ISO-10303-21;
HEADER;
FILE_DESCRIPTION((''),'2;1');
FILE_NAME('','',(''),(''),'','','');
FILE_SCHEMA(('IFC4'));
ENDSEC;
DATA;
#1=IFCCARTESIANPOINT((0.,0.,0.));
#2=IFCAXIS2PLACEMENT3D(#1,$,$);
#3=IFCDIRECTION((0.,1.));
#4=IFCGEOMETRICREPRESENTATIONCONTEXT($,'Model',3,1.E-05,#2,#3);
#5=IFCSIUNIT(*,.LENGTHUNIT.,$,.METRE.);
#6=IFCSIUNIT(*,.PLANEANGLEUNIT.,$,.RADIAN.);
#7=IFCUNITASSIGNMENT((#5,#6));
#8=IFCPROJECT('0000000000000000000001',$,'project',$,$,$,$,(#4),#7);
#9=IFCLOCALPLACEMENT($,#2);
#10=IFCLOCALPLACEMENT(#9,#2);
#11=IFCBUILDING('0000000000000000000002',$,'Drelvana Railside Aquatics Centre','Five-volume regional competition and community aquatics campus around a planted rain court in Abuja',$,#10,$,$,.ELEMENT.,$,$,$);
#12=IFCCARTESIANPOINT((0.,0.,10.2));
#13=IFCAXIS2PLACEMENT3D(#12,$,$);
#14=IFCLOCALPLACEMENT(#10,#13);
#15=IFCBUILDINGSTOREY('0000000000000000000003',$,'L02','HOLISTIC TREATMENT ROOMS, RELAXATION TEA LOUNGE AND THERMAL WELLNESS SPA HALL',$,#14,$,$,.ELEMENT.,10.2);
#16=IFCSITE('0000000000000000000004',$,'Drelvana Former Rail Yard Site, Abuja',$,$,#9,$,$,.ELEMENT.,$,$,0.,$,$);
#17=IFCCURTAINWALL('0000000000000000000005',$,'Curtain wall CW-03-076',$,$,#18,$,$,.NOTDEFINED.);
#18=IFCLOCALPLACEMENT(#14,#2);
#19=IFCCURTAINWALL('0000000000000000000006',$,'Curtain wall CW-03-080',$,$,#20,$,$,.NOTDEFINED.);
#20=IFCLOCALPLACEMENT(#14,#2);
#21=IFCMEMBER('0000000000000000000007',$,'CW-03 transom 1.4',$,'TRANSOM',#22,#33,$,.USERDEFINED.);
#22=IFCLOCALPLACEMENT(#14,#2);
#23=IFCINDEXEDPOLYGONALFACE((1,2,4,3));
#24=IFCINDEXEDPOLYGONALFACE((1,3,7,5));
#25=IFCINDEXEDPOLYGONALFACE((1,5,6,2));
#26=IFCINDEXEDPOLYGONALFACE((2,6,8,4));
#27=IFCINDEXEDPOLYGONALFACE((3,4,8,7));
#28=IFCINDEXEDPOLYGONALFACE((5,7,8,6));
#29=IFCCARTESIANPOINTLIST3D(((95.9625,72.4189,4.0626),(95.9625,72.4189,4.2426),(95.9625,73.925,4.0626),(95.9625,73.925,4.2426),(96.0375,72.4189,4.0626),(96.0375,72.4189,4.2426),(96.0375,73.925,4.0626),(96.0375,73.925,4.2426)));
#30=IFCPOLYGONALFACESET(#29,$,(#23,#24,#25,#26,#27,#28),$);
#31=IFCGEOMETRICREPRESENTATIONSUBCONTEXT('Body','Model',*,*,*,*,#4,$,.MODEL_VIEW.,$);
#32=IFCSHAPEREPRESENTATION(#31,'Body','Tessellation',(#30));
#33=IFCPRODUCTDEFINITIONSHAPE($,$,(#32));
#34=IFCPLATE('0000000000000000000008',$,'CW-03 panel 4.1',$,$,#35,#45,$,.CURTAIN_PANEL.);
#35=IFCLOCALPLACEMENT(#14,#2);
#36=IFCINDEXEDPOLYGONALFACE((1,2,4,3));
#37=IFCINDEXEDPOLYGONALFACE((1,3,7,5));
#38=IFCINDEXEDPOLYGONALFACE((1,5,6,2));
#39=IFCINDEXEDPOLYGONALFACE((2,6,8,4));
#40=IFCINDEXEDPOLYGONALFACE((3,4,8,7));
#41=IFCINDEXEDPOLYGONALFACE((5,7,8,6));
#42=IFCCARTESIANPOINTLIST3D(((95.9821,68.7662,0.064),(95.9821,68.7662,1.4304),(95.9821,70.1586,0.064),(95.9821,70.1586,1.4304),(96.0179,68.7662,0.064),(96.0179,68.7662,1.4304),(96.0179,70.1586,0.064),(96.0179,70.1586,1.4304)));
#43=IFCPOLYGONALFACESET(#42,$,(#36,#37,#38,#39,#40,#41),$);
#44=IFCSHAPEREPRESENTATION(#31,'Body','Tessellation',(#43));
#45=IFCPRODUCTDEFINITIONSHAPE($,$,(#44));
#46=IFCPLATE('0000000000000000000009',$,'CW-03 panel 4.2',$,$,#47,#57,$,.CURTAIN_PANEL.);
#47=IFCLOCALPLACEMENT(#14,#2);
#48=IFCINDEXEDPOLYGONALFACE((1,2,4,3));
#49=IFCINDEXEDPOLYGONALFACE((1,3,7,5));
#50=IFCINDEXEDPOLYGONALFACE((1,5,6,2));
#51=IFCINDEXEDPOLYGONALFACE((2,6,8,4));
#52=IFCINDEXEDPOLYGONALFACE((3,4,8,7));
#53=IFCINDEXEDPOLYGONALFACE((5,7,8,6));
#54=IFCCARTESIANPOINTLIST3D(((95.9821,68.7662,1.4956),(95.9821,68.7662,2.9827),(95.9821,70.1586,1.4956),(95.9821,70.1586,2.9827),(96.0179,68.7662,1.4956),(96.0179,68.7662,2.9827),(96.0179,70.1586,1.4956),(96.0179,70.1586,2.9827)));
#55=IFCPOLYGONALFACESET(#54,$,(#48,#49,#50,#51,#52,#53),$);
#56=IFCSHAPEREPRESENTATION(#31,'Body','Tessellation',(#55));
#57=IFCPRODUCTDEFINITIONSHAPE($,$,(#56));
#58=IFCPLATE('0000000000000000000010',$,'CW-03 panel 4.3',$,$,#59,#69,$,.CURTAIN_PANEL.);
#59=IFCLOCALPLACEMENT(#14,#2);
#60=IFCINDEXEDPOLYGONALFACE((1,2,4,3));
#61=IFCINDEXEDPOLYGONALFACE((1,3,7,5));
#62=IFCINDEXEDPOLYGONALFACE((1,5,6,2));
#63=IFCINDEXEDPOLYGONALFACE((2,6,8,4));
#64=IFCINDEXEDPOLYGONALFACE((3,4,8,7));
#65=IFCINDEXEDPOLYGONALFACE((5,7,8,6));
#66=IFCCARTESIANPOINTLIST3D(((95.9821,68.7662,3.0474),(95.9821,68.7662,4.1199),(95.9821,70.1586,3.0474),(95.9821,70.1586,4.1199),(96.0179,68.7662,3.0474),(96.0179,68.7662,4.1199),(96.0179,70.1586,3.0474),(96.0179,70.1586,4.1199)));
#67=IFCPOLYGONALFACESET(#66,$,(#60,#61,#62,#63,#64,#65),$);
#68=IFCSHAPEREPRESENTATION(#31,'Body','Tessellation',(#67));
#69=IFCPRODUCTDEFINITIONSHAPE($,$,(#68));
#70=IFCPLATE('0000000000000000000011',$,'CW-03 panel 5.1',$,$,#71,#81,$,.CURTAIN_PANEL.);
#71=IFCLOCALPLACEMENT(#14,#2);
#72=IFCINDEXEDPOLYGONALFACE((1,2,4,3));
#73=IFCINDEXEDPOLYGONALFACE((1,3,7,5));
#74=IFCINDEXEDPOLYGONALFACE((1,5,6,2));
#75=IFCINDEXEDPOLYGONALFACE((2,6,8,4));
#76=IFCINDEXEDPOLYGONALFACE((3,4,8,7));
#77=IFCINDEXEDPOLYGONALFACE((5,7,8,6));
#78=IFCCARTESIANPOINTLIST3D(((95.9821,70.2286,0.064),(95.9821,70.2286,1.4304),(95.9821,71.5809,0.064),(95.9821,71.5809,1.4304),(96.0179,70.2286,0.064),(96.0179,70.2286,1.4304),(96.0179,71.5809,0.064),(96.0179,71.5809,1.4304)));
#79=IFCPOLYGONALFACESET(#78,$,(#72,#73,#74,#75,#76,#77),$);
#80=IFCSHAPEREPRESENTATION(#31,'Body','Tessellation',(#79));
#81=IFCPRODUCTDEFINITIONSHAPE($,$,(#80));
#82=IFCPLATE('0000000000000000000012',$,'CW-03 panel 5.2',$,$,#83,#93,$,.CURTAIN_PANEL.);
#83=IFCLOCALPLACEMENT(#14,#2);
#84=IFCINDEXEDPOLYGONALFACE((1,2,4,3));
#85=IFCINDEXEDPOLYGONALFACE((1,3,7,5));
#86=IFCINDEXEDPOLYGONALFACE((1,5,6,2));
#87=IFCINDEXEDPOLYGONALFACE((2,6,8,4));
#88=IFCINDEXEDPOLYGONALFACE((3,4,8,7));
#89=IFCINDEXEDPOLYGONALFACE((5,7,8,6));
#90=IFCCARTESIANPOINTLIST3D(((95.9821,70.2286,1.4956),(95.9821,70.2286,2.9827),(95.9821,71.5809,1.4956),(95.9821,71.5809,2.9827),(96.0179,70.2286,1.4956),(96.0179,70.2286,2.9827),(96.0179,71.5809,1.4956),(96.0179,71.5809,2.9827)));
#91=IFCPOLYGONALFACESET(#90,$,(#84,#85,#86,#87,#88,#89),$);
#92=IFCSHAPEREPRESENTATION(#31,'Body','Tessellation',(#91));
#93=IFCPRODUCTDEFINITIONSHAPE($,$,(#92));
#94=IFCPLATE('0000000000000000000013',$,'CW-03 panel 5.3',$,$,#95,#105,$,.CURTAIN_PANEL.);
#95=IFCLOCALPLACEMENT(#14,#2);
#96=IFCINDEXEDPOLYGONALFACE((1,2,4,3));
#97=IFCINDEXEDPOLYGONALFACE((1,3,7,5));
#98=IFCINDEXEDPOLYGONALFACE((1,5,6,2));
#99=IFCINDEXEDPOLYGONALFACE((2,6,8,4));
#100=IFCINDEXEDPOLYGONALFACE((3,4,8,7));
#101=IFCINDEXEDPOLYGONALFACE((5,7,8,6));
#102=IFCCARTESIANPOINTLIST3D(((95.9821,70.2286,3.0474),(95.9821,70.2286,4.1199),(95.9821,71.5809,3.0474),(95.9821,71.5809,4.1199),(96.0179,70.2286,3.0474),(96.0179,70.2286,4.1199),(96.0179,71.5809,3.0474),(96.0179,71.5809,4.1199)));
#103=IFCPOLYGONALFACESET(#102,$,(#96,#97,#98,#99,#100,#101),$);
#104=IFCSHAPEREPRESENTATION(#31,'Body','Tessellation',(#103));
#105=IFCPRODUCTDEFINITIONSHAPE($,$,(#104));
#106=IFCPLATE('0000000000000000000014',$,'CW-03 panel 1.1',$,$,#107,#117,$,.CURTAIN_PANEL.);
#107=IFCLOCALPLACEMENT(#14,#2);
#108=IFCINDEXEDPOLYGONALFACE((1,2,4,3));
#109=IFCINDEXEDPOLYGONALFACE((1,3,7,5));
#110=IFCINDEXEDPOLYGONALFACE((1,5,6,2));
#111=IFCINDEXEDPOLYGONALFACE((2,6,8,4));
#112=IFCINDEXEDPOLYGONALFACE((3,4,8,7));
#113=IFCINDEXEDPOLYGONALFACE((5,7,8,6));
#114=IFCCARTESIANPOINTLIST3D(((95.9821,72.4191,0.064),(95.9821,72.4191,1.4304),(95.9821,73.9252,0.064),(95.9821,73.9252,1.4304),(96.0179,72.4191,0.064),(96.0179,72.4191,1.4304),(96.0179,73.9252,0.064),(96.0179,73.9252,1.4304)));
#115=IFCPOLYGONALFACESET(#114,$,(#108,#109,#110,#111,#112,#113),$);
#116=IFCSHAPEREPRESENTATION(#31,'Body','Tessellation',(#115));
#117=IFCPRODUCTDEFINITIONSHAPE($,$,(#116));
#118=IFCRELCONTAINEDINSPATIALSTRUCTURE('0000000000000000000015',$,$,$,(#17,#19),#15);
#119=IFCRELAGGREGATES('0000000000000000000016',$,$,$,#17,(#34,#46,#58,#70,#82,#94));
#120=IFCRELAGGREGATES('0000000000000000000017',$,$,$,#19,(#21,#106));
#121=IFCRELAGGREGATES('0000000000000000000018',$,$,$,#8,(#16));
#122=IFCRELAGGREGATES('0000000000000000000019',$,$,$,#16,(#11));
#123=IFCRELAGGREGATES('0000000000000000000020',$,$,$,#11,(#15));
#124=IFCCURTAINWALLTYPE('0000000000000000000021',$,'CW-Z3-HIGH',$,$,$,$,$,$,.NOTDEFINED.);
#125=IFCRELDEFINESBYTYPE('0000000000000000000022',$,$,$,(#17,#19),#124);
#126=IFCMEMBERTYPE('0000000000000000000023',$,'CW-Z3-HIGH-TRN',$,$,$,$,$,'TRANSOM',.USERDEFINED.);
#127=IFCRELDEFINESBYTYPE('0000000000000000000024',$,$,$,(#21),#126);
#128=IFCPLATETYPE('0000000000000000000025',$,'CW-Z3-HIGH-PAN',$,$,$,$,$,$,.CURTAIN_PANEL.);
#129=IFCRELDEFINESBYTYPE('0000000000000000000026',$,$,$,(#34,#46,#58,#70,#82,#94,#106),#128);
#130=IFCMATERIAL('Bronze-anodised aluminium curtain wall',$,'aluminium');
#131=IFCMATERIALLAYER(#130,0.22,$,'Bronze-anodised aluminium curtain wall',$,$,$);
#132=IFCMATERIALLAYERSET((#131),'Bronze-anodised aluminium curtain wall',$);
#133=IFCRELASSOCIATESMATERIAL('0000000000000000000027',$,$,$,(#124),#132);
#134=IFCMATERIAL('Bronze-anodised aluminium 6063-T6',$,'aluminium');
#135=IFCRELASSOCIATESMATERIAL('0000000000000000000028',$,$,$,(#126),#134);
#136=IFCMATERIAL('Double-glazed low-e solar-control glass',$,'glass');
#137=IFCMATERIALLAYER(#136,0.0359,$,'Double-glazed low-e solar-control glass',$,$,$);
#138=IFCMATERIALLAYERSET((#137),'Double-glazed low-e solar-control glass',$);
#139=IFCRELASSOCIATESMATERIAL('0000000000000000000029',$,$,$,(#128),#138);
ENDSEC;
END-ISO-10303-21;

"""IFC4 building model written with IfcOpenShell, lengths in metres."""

from ifc_helpers import new_model, si_unit, direction, frame, origin, origin_2d, place, context, subcontext, project, spatial, rectangle, extrude, material, layer, layer_set, material_profile, profile_set, type_object, element, aggregate, save


model = new_model("IFC4")

# Units and contexts
model_context = context("Model", 3, precision=1e-05, world=origin(), true_north=direction((0.0, 1.0)))
body_context = subcontext(model_context, "Body", "Model", "MODEL_VIEW")
ifc_project = project(units=[si_unit("LENGTHUNIT", "METRE"), si_unit("PLANEANGLEUNIT", "RADIAN")], contexts=[model_context])

# Site, building, storey
site_placement = place(None, origin())
site = spatial("IfcSite", under=ifc_project, at=site_placement, Name="Drelvana Former Rail Yard Site, Abuja", CompositionType="ELEMENT", RefElevation=0.0)
building_placement = place(site_placement, origin())
building = spatial("IfcBuilding", under=site, at=building_placement, Name="Drelvana Railside Aquatics Centre", Description="Five-volume regional competition and community aquatics campus around a planted rain court in Abuja", CompositionType="ELEMENT")
storey_placement = place(building_placement, frame((0.0, 0.0, 10.2)))
storey = spatial("IfcBuildingStorey", under=building, at=storey_placement, Name="L02", Description="HOLISTIC TREATMENT ROOMS, RELAXATION TEA LOUNGE AND THERMAL WELLNESS SPA HALL", CompositionType="ELEMENT", Elevation=10.2)

# Curtain wall
ifc_material_1 = material(Name="Bronze-anodised aluminium curtain wall", Category="aluminium")
ifc_layer_1 = layer(ifc_material_1, 0.22, Name="Bronze-anodised aluminium curtain wall")
ifc_layer_set_1 = layer_set([ifc_layer_1], Name="Bronze-anodised aluminium curtain wall")
curtain_wall_type = type_object("IfcCurtainWallType", Name="CW-Z3-HIGH", PredefinedType="NOTDEFINED", material=ifc_layer_set_1)
curtain_wall_1_placement = place(storey_placement, origin())
curtain_wall_1 = element("IfcCurtainWall", 1, at=curtain_wall_1_placement, inside=storey, type_object=curtain_wall_type, Name="Curtain wall CW-03-076", PredefinedType="NOTDEFINED")
ifc_material_2 = material(Name="Bronze-anodised aluminium 6063-T6", Category="aluminium")

# Curtain wall
curtain_wall_2_placement = place(storey_placement, origin())
curtain_wall_2 = element("IfcCurtainWall", 2, at=curtain_wall_2_placement, inside=storey, type_object=curtain_wall_type, Name="Curtain wall CW-03-080", PredefinedType="NOTDEFINED")

# Member
ifc_material_profile_1 = material_profile(ifc_material_2, rectangle(XDim=0.1799, YDim=0.075, at=origin_2d()), Name="ALU-T 75x180")
ifc_profile_set_1 = profile_set([ifc_material_profile_1], Name="Bronze-anodised aluminium 6063-T6")
member_type_1 = type_object("IfcMemberType", Name="CW-Z3-HIGH-TRN", ElementType="TRANSOM", PredefinedType="USERDEFINED", material=ifc_profile_set_1)
member_1_placement = place(storey_placement, frame((96.0, 72.4189, 4.1526), z_axis=(0.0, 1.0, 0.0), x_axis=(0.0, 0.0, 1.0)))
member_1 = element("IfcMember", 3, at=member_1_placement, type_object=member_type_1, Name="CW-03 transom 1.4", ObjectType="TRANSOM", PredefinedType="USERDEFINED", context=body_context, shape_type="SweptSolid", body=[
    extrude(rectangle(XDim=0.1799, YDim=0.075, at=origin_2d()), origin(), (0.0, 0.0, 1.0), 1.5061),
])

# Plates
ifc_material_3 = material(Name="Double-glazed low-e solar-control glass", Category="glass")
ifc_layer_2 = layer(ifc_material_3, 0.0359, Name="Double-glazed low-e solar-control glass")
ifc_layer_set_2 = layer_set([ifc_layer_2], Name="Double-glazed low-e solar-control glass")
plate_type = type_object("IfcPlateType", Name="CW-Z3-HIGH-PAN", PredefinedType="CURTAIN_PANEL", material=ifc_layer_set_2)
plate_1_placement = place(storey_placement, frame((96.0, 69.4624, 0.064), z_axis=(0.0, 0.0, 1.0), x_axis=(0.0, 1.0, 0.0)))
plate_1 = element("IfcPlate", 4, at=plate_1_placement, type_object=plate_type, Name="CW-03 panel 4.1", PredefinedType="CURTAIN_PANEL", context=body_context, shape_type="SweptSolid", body=[
    extrude(rectangle(XDim=1.3923, YDim=0.0359, at=origin_2d()), origin(), (0.0, 0.0, 1.0), 1.3665),
])
plate_2_placement = place(storey_placement, frame((96.0, 69.4624, 1.4956), z_axis=(0.0, 0.0, 1.0), x_axis=(0.0, 1.0, 0.0)))
plate_2 = element("IfcPlate", 5, at=plate_2_placement, type_object=plate_type, Name="CW-03 panel 4.2", PredefinedType="CURTAIN_PANEL", context=body_context, shape_type="SweptSolid", body=[
    extrude(rectangle(XDim=1.3923, YDim=0.0359, at=origin_2d()), origin(), (0.0, 0.0, 1.0), 1.4871),
])
plate_3_placement = place(storey_placement, frame((96.0, 69.4624, 3.0474), z_axis=(0.0, 0.0, 1.0), x_axis=(0.0, 1.0, 0.0)))
plate_3 = element("IfcPlate", 6, at=plate_3_placement, type_object=plate_type, Name="CW-03 panel 4.3", PredefinedType="CURTAIN_PANEL", context=body_context, shape_type="SweptSolid", body=[
    extrude(rectangle(XDim=1.3923, YDim=0.0359, at=origin_2d()), origin(), (0.0, 0.0, 1.0), 1.0725),
])
plate_4_placement = place(storey_placement, frame((96.0, 70.9048, 0.064), z_axis=(0.0, 0.0, 1.0), x_axis=(0.0, 1.0, 0.0)))
plate_4 = element("IfcPlate", 7, at=plate_4_placement, type_object=plate_type, Name="CW-03 panel 5.1", PredefinedType="CURTAIN_PANEL", context=body_context, shape_type="SweptSolid", body=[
    extrude(rectangle(XDim=1.3523, YDim=0.0359, at=origin_2d()), origin(), (0.0, 0.0, 1.0), 1.3665),
])
plate_5_placement = place(storey_placement, frame((96.0, 70.9048, 1.4956), z_axis=(0.0, 0.0, 1.0), x_axis=(0.0, 1.0, 0.0)))
plate_5 = element("IfcPlate", 8, at=plate_5_placement, type_object=plate_type, Name="CW-03 panel 5.2", PredefinedType="CURTAIN_PANEL", context=body_context, shape_type="SweptSolid", body=[
    extrude(rectangle(XDim=1.3523, YDim=0.0359, at=origin_2d()), origin(), (0.0, 0.0, 1.0), 1.4871),
])
plate_6_placement = place(storey_placement, frame((96.0, 70.9048, 3.0474), z_axis=(0.0, 0.0, 1.0), x_axis=(0.0, 1.0, 0.0)))
plate_6 = element("IfcPlate", 9, at=plate_6_placement, type_object=plate_type, Name="CW-03 panel 5.3", PredefinedType="CURTAIN_PANEL", context=body_context, shape_type="SweptSolid", body=[
    extrude(rectangle(XDim=1.3523, YDim=0.0359, at=origin_2d()), origin(), (0.0, 0.0, 1.0), 1.0725),
])
aggregate(curtain_wall_1, [plate_1, plate_2, plate_3, plate_4, plate_5, plate_6])
plate_7_placement = place(storey_placement, frame((96.0, 73.1721, 0.064), z_axis=(0.0, 0.0, 1.0), x_axis=(0.0, 1.0, 0.0)))
plate_7 = element("IfcPlate", 10, at=plate_7_placement, type_object=plate_type, Name="CW-03 panel 1.1", PredefinedType="CURTAIN_PANEL", context=body_context, shape_type="SweptSolid", body=[
    extrude(rectangle(XDim=1.5061, YDim=0.0359, at=origin_2d()), origin(), (0.0, 0.0, 1.0), 1.3665),
])
aggregate(curtain_wall_2, [member_1, plate_7])

save(model, "model.ifc")
